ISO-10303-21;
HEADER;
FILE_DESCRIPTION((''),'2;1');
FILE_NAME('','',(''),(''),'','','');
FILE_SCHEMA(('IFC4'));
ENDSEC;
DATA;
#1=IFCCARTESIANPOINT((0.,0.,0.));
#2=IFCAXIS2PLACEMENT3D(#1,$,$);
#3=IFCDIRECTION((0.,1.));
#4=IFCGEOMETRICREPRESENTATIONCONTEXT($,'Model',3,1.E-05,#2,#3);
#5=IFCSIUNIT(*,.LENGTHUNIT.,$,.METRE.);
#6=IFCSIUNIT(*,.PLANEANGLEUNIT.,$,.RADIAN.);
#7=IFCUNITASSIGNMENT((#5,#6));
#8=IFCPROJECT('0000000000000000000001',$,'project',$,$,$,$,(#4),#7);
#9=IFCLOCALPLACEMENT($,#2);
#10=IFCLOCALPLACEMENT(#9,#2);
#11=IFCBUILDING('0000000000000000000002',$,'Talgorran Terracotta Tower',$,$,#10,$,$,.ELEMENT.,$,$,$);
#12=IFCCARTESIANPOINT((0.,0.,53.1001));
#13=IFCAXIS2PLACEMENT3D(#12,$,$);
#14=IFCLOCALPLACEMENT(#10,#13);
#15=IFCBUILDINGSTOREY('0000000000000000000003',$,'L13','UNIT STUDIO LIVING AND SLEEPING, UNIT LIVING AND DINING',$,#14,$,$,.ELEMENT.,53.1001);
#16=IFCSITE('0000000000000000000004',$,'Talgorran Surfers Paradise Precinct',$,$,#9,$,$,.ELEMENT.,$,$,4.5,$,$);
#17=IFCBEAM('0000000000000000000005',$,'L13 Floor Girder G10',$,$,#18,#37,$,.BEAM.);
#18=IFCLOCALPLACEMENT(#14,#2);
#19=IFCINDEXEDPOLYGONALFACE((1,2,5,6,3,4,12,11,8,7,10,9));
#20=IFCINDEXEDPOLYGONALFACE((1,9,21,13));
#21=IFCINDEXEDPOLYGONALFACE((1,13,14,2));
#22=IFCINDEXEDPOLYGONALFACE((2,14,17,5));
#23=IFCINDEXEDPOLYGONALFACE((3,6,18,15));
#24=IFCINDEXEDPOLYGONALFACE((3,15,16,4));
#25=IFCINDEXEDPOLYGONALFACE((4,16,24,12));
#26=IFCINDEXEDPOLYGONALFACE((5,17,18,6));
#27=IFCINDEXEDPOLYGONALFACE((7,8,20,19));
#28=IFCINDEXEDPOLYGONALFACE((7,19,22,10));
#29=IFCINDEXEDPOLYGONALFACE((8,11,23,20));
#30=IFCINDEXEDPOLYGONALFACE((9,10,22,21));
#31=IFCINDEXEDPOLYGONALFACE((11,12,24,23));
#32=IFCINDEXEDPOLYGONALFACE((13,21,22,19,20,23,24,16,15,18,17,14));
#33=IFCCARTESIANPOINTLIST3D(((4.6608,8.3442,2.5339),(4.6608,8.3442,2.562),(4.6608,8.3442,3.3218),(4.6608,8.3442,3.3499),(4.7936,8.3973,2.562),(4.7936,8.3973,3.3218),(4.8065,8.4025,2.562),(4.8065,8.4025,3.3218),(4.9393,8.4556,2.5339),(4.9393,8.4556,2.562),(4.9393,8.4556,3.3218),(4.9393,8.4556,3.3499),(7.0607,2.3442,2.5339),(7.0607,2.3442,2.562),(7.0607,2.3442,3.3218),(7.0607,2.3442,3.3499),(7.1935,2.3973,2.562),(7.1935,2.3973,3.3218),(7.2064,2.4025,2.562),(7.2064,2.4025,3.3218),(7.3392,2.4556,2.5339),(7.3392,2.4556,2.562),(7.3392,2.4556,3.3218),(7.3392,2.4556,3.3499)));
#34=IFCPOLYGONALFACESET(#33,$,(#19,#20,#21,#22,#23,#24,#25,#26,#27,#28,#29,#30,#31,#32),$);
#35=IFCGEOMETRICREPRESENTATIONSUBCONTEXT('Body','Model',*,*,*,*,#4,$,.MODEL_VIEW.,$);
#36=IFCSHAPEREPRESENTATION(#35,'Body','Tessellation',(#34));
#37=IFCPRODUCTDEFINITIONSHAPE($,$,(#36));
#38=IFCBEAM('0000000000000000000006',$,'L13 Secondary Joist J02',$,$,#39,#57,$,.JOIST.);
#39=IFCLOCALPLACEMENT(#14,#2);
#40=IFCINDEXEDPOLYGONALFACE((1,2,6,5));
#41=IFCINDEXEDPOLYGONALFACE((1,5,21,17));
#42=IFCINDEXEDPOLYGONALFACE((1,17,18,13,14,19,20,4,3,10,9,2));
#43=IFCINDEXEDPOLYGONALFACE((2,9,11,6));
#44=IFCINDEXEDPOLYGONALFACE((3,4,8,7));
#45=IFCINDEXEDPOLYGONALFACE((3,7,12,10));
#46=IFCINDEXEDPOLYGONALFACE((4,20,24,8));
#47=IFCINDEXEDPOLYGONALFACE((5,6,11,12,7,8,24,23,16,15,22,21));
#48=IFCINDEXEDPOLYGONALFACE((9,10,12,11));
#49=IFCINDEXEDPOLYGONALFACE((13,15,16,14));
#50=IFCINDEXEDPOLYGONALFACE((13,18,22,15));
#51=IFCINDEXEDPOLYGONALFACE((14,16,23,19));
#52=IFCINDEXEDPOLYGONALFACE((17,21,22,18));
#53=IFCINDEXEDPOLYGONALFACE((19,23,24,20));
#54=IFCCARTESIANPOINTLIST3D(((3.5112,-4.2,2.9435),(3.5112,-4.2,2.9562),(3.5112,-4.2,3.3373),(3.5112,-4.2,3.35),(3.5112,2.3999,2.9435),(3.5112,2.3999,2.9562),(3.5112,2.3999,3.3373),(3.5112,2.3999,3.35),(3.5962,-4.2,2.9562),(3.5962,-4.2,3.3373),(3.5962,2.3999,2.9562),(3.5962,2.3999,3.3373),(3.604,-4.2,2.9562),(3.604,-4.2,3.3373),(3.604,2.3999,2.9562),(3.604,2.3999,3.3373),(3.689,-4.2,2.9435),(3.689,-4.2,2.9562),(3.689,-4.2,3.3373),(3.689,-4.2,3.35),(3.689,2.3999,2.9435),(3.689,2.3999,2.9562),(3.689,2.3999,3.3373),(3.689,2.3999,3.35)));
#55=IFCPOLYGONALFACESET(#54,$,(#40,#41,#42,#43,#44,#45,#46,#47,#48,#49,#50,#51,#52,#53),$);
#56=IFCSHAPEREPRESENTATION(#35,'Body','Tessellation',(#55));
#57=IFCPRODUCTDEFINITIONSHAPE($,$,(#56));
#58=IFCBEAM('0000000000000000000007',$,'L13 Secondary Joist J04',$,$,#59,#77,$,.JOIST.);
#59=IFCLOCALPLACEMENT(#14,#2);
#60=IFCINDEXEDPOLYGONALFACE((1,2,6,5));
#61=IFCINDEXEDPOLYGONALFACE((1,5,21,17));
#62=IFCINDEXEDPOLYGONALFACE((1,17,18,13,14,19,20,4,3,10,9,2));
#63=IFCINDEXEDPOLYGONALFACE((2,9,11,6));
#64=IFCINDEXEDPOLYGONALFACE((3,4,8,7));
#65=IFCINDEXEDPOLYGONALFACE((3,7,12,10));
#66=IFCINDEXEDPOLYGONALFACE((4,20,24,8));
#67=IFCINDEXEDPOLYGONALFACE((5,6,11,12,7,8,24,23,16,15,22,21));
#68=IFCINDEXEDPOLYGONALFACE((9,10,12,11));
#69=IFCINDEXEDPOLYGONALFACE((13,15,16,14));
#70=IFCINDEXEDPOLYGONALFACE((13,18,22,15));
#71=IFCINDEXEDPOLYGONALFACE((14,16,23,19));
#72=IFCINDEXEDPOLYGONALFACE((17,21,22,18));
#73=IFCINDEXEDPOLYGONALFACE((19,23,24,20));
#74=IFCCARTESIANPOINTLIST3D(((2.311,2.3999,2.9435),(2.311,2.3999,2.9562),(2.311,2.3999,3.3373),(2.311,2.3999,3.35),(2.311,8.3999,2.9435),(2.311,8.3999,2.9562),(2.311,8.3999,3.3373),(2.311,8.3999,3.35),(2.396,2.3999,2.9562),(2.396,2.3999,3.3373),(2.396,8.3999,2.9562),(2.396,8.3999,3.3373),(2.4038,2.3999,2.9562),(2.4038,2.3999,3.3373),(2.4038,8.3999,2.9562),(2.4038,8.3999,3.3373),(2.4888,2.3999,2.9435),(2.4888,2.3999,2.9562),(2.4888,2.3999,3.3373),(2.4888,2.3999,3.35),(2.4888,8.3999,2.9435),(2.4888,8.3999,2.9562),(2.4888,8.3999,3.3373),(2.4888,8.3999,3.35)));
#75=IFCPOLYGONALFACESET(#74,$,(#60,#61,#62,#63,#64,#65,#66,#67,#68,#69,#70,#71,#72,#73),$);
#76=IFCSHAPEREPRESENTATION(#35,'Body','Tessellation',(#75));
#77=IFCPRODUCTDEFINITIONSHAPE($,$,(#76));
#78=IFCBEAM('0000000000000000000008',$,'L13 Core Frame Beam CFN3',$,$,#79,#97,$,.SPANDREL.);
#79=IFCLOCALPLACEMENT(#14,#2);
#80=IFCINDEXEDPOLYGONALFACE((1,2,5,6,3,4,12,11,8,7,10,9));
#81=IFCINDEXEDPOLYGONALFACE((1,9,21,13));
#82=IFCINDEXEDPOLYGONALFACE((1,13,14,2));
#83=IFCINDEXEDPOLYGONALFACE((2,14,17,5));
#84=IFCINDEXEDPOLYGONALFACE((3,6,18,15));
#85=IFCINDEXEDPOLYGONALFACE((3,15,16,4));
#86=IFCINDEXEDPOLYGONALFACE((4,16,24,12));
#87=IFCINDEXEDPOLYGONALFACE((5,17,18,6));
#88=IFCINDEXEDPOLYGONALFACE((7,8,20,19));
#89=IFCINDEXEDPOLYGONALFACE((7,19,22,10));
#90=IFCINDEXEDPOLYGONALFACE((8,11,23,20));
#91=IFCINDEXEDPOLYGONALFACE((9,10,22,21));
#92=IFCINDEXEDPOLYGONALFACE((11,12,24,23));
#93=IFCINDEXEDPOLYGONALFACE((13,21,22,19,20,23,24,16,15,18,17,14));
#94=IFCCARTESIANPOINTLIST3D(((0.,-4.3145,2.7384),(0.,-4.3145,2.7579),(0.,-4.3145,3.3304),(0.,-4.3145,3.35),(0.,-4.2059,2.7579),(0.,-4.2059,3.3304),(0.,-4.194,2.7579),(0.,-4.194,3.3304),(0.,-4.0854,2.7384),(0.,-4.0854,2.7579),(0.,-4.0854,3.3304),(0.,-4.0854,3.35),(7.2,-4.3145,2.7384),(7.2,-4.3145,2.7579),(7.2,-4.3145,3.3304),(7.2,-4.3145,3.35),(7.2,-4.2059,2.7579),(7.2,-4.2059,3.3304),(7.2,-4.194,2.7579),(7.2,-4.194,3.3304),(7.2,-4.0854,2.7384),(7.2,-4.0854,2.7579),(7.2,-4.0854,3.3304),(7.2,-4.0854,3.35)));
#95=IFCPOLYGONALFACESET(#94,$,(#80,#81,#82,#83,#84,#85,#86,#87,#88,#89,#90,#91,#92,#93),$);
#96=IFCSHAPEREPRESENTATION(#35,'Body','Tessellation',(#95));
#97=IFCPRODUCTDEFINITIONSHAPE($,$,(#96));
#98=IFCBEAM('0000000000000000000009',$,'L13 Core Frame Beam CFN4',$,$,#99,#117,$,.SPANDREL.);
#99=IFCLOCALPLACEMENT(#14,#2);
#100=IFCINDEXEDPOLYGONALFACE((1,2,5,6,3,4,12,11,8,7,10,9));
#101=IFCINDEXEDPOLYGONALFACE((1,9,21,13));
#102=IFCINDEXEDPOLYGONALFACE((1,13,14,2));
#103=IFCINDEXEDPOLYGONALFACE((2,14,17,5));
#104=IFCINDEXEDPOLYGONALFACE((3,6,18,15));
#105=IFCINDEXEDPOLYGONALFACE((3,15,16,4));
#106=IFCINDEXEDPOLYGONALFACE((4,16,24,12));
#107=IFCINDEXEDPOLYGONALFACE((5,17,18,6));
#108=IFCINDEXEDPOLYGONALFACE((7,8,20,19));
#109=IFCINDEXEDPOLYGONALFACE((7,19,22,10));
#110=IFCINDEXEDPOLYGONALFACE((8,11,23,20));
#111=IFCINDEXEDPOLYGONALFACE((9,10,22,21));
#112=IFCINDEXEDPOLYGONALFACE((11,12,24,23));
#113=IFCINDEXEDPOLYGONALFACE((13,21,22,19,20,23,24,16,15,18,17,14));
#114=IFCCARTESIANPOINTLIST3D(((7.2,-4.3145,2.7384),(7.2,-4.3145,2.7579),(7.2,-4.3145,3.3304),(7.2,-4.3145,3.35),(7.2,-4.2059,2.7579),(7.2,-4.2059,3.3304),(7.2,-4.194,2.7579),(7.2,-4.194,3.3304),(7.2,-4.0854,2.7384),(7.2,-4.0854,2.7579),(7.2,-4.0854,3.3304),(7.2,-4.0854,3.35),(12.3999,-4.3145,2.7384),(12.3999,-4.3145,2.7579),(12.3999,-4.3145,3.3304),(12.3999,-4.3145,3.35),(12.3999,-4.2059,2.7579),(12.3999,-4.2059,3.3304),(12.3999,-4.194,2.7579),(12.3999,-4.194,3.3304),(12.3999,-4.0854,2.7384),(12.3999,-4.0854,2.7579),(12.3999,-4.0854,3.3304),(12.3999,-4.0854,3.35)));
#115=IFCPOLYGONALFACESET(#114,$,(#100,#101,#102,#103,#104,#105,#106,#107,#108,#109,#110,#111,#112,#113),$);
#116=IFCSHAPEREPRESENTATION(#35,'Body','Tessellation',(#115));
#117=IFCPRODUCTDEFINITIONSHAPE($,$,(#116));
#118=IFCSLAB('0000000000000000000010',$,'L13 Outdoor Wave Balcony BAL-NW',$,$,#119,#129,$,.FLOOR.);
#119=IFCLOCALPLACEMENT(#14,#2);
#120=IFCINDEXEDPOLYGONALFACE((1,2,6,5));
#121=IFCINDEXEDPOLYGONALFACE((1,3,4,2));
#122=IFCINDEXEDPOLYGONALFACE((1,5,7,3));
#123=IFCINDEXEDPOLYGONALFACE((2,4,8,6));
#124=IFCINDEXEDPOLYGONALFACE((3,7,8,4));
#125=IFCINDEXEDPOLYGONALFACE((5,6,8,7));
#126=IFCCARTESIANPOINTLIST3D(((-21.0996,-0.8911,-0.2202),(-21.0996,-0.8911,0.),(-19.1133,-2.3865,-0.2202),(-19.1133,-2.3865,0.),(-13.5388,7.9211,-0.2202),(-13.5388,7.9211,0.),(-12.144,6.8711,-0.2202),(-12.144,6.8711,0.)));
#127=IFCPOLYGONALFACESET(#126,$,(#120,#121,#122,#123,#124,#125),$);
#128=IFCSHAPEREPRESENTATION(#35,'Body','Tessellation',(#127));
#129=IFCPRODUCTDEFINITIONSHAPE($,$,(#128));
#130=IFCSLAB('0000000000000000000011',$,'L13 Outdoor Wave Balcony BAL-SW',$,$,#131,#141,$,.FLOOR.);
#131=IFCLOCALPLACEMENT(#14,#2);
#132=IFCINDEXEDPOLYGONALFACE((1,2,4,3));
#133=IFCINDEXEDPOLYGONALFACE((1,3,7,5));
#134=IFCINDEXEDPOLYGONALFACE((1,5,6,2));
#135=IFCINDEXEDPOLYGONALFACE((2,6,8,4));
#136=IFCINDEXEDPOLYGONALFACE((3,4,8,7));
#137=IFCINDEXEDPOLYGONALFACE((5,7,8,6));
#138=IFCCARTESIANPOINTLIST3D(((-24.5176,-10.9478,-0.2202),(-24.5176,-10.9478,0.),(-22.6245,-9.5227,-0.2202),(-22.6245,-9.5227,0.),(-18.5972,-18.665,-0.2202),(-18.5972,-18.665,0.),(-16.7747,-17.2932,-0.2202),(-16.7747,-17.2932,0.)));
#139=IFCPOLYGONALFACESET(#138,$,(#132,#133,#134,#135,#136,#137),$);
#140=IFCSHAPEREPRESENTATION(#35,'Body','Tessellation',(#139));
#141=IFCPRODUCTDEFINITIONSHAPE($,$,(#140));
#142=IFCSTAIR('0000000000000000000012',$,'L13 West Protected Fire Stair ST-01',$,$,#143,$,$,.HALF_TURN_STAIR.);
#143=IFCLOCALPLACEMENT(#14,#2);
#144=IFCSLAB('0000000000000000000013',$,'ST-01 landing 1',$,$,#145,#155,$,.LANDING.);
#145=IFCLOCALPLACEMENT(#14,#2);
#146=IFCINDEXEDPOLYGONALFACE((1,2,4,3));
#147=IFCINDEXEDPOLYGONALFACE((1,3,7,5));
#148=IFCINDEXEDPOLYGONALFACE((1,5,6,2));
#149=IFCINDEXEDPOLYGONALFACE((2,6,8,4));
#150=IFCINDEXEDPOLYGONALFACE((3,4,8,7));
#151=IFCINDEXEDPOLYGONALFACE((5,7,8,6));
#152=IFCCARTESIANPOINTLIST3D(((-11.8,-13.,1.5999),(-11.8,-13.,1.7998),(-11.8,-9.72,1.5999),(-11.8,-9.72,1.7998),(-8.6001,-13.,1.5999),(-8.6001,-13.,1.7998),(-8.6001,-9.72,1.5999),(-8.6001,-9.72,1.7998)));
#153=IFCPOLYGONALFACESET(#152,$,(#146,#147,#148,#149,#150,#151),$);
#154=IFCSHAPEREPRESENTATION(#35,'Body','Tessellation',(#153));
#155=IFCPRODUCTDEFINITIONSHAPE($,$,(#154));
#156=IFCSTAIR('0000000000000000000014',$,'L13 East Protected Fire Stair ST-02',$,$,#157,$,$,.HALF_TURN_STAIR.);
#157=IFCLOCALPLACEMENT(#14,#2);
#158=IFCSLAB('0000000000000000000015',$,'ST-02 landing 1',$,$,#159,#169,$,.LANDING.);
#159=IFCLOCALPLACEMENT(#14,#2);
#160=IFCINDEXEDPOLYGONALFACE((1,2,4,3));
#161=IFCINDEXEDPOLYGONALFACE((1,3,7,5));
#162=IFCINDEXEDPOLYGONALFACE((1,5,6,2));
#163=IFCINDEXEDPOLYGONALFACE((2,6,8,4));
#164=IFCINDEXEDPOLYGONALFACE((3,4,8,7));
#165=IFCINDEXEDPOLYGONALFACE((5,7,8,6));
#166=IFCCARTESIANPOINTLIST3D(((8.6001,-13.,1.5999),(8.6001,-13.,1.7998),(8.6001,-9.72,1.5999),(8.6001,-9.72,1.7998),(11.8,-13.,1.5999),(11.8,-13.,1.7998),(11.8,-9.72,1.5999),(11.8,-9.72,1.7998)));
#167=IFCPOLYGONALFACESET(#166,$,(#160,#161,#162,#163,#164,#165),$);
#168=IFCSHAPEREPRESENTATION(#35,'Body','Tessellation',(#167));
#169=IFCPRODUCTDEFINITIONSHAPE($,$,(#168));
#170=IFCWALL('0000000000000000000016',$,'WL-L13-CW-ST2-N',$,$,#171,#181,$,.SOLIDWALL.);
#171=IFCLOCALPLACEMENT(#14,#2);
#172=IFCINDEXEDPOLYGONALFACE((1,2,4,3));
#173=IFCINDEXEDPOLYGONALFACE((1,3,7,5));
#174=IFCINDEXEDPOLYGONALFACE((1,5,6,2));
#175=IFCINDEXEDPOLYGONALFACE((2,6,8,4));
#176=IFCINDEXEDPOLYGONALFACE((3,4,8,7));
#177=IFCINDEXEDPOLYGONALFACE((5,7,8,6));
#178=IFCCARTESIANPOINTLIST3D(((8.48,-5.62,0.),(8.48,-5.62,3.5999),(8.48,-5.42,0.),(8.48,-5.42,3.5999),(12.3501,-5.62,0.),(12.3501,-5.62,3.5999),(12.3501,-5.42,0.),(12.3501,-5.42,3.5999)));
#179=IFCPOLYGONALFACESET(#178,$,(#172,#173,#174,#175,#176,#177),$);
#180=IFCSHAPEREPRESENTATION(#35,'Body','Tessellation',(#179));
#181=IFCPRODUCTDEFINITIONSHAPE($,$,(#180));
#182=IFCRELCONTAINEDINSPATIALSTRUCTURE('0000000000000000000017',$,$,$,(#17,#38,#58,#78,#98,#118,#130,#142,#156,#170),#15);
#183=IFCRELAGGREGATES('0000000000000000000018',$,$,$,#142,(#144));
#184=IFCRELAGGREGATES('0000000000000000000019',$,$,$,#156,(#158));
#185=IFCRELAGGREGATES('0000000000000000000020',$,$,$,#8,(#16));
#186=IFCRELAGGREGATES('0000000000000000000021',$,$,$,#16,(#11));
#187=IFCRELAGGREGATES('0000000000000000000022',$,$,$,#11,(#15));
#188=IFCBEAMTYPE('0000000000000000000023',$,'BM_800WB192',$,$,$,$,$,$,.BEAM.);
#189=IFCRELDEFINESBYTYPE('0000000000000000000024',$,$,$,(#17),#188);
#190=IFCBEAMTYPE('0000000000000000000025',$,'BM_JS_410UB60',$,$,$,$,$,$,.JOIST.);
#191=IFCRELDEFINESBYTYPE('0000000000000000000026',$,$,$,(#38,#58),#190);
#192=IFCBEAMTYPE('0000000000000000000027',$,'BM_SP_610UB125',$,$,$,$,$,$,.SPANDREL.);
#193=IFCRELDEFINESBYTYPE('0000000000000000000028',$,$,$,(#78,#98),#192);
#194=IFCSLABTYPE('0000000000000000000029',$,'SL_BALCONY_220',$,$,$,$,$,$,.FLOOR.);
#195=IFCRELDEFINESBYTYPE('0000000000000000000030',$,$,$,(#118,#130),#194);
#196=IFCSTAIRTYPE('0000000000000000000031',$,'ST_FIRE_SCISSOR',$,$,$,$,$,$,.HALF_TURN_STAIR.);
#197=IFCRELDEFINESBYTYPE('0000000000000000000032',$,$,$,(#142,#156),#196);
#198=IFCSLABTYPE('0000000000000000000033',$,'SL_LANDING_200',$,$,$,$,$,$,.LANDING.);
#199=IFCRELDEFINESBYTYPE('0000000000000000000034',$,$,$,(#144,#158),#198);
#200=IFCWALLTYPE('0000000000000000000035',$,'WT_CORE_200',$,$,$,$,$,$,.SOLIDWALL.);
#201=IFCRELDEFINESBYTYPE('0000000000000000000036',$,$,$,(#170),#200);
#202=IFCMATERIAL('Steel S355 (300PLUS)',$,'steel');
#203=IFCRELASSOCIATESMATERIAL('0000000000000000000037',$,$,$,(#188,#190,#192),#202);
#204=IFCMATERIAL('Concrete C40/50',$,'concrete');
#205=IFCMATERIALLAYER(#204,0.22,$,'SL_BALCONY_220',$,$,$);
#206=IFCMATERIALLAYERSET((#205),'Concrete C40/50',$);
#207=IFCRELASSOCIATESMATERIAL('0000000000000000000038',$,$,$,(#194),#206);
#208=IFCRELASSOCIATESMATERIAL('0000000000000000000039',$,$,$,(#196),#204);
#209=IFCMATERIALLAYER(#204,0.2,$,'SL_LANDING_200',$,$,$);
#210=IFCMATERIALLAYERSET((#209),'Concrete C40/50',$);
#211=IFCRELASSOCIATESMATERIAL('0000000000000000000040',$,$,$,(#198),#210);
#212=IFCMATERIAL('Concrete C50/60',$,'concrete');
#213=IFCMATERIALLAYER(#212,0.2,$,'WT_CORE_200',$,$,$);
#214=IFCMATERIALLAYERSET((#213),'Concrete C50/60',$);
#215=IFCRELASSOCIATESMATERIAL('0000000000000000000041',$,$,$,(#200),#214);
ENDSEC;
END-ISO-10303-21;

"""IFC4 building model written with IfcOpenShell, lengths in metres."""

from ifc_helpers import new_model, si_unit, direction, frame, frame_2d, origin, origin_2d, place, context, subcontext, project, spatial, polyline, rectangle, i_section, outline, extrude, material, layer, layer_set, material_profile, profile_set, type_object, element, aggregate, save


model = new_model("IFC4")

# Units and contexts
model_context = context("Model", 3, precision=1e-05, world=origin(), true_north=direction((0.0, 1.0)))
body_context = subcontext(model_context, "Body", "Model", "MODEL_VIEW")
ifc_project = project(units=[si_unit("LENGTHUNIT", "METRE"), si_unit("PLANEANGLEUNIT", "RADIAN")], contexts=[model_context])

# Site, building, storey
site_placement = place(None, origin())
site = spatial("IfcSite", under=ifc_project, at=site_placement, Name="Talgorran Surfers Paradise Precinct", CompositionType="ELEMENT", RefElevation=4.5)
building_placement = place(site_placement, origin())
building = spatial("IfcBuilding", under=site, at=building_placement, Name="Talgorran Terracotta Tower", CompositionType="ELEMENT")
storey_placement = place(building_placement, frame((0.0, 0.0, 53.1001)))
storey = spatial("IfcBuildingStorey", under=building, at=storey_placement, Name="L13", Description="UNIT STUDIO LIVING AND SLEEPING, UNIT LIVING AND DINING", CompositionType="ELEMENT", Elevation=53.1001)

# Shared definitions
ifc_material_1 = material(Name="Steel S355 (300PLUS)", Category="steel")

# Beams
ifc_material_profile_1 = material_profile(ifc_material_1, i_section(OverallWidth=0.3, OverallDepth=0.8159, WebThickness=0.0139, FlangeThickness=0.0281, at=origin_2d()), Name="800WB192")
ifc_profile_set_1 = profile_set([ifc_material_profile_1], Name="Steel S355 (300PLUS)")
beam_type_1 = type_object("IfcBeamType", Name="BM_800WB192", PredefinedType="BEAM", material=ifc_profile_set_1)
beam_1_placement = place(storey_placement, frame((7.2, 2.3999, 2.9419), z_axis=(-0.371378, 0.928482, 0.0), x_axis=(-0.928482, -0.371378, 0.0)))
element("IfcBeam", 1, at=beam_1_placement, inside=storey, type_object=beam_type_1, Name="L13 Floor Girder G10", PredefinedType="BEAM", context=body_context, shape_type="SweptSolid", body=[
    extrude(i_section(OverallWidth=0.3, OverallDepth=0.8159, WebThickness=0.0139, FlangeThickness=0.0281, at=origin_2d()), origin(), (0.0, 0.0, 1.0), 6.4622),
])
ifc_material_profile_2 = material_profile(ifc_material_1, i_section(OverallWidth=0.1777, OverallDepth=0.4065, WebThickness=0.0078, FlangeThickness=0.0127, at=origin_2d()), Name="410UB59.7")
ifc_profile_set_2 = profile_set([ifc_material_profile_2], Name="Steel S355 (300PLUS)")
beam_type_2 = type_object("IfcBeamType", Name="BM_JS_410UB60", PredefinedType="JOIST", material=ifc_profile_set_2)
beam_2_placement = place(storey_placement, frame((3.6001, -4.2, 3.1467), z_axis=(0.0, 1.0, 0.0), x_axis=(-1.0, 0.0, 0.0)))
element("IfcBeam", 2, at=beam_2_placement, inside=storey, type_object=beam_type_2, Name="L13 Secondary Joist J02", PredefinedType="JOIST", context=body_context, shape_type="SweptSolid", body=[
    extrude(i_section(OverallWidth=0.1777, OverallDepth=0.4065, WebThickness=0.0078, FlangeThickness=0.0127, at=origin_2d()), origin(), (0.0, 0.0, 1.0), 6.5999),
])
beam_3_placement = place(storey_placement, frame((2.3999, 2.3999, 3.1467), z_axis=(0.0, 1.0, 0.0), x_axis=(-1.0, 0.0, 0.0)))
element("IfcBeam", 3, at=beam_3_placement, inside=storey, type_object=beam_type_2, Name="L13 Secondary Joist J04", PredefinedType="JOIST", context=body_context, shape_type="SweptSolid", body=[
    extrude(i_section(OverallWidth=0.1777, OverallDepth=0.4065, WebThickness=0.0078, FlangeThickness=0.0127, at=origin_2d()), origin(), (0.0, 0.0, 1.0), 6.0),
])
ifc_material_profile_3 = material_profile(ifc_material_1, i_section(OverallWidth=0.229, OverallDepth=0.6116, WebThickness=0.012, FlangeThickness=0.0195, at=origin_2d()), Name="610UB125")
ifc_profile_set_3 = profile_set([ifc_material_profile_3], Name="Steel S355 (300PLUS)")
beam_type_3 = type_object("IfcBeamType", Name="BM_SP_610UB125", PredefinedType="SPANDREL", material=ifc_profile_set_3)
beam_4_placement = place(storey_placement, frame((0.0, -4.2, 3.0442), z_axis=(1.0, 0.0, 0.0), x_axis=(0.0, 1.0, 0.0)))
element("IfcBeam", 4, at=beam_4_placement, inside=storey, type_object=beam_type_3, Name="L13 Core Frame Beam CFN3", PredefinedType="SPANDREL", context=body_context, shape_type="SweptSolid", body=[
    extrude(i_section(OverallWidth=0.229, OverallDepth=0.6116, WebThickness=0.012, FlangeThickness=0.0195, at=origin_2d()), origin(), (0.0, 0.0, 1.0), 7.2),
])
beam_5_placement = place(storey_placement, frame((7.2, -4.2, 3.0442), z_axis=(1.0, 0.0, 0.0), x_axis=(0.0, 1.0, 0.0)))
element("IfcBeam", 5, at=beam_5_placement, inside=storey, type_object=beam_type_3, Name="L13 Core Frame Beam CFN4", PredefinedType="SPANDREL", context=body_context, shape_type="SweptSolid", body=[
    extrude(i_section(OverallWidth=0.229, OverallDepth=0.6116, WebThickness=0.012, FlangeThickness=0.0195, at=origin_2d()), origin(), (0.0, 0.0, 1.0), 5.2),
])

# Slabs
ifc_material_2 = material(Name="Concrete C40/50", Category="concrete")
ifc_layer_1 = layer(ifc_material_2, 0.22, Name="SL_BALCONY_220")
ifc_layer_set_1 = layer_set([ifc_layer_1], Name="Concrete C40/50")
slab_type_1 = type_object("IfcSlabType", Name="SL_BALCONY_220", PredefinedType="FLOOR", material=ifc_layer_set_1)
slab_1_placement = place(storey_placement, frame((0.0, 0.0, -0.2202)))
element("IfcSlab", 6, at=slab_1_placement, inside=storey, type_object=slab_type_1, Name="L13 Outdoor Wave Balcony BAL-NW", PredefinedType="FLOOR", context=body_context, shape_type="SweptSolid", body=[
    extrude(outline(polyline([(-19.1133, -2.3865), (-12.144, 6.8711), (-13.5388, 7.9211), (-21.0996, -0.8911), (-19.1133, -2.3865)])), origin(), (0.0, 0.0, 1.0), 0.2202),
])
slab_2_placement = place(storey_placement, frame((0.0, 0.0, -0.2202)))
element("IfcSlab", 7, at=slab_2_placement, inside=storey, type_object=slab_type_1, Name="L13 Outdoor Wave Balcony BAL-SW", PredefinedType="FLOOR", context=body_context, shape_type="SweptSolid", body=[
    extrude(outline(polyline([(-16.7747, -17.2932), (-22.6245, -9.5227), (-24.5176, -10.9478), (-18.5972, -18.665), (-16.7747, -17.2932)])), origin(), (0.0, 0.0, 1.0), 0.2202),
])

# Stairs, slabs
stair_type = type_object("IfcStairType", Name="ST_FIRE_SCISSOR", PredefinedType="HALF_TURN_STAIR", material=ifc_material_2)
stair_1_placement = place(storey_placement, origin())
stair_1 = element("IfcStair", 8, at=stair_1_placement, inside=storey, type_object=stair_type, Name="L13 West Protected Fire Stair ST-01", PredefinedType="HALF_TURN_STAIR")
ifc_layer_2 = layer(ifc_material_2, 0.2, Name="SL_LANDING_200")
ifc_layer_set_2 = layer_set([ifc_layer_2], Name="Concrete C40/50")
slab_type_2 = type_object("IfcSlabType", Name="SL_LANDING_200", PredefinedType="LANDING", material=ifc_layer_set_2)
slab_3_placement = place(storey_placement, frame((0.0, 0.0, 1.5999)))
slab_3 = element("IfcSlab", 9, at=slab_3_placement, type_object=slab_type_2, Name="ST-01 landing 1", PredefinedType="LANDING", context=body_context, shape_type="SweptSolid", body=[
    extrude(outline(polyline([(-11.8, -9.72), (-11.8, -13.0), (-8.6001, -13.0), (-8.6001, -9.72), (-11.8, -9.72)])), origin(), (0.0, 0.0, 1.0), 0.2),
])
aggregate(stair_1, [slab_3])
stair_2_placement = place(storey_placement, origin())
stair_2 = element("IfcStair", 10, at=stair_2_placement, inside=storey, type_object=stair_type, Name="L13 East Protected Fire Stair ST-02", PredefinedType="HALF_TURN_STAIR")
slab_4_placement = place(storey_placement, frame((0.0, 0.0, 1.5999)))
slab_4 = element("IfcSlab", 11, at=slab_4_placement, type_object=slab_type_2, Name="ST-02 landing 1", PredefinedType="LANDING", context=body_context, shape_type="SweptSolid", body=[
    extrude(outline(polyline([(8.6001, -9.72), (8.6001, -13.0), (11.8, -13.0), (11.8, -9.72), (8.6001, -9.72)])), origin(), (0.0, 0.0, 1.0), 0.2),
])
aggregate(stair_2, [slab_4])

# Wall
ifc_material_3 = material(Name="Concrete C50/60", Category="concrete")
ifc_layer_3 = layer(ifc_material_3, 0.2, Name="WT_CORE_200")
ifc_layer_set_3 = layer_set([ifc_layer_3], Name="Concrete C50/60")
wall_type_1 = type_object("IfcWallType", Name="WT_CORE_200", PredefinedType="SOLIDWALL", material=ifc_layer_set_3)
wall_1_placement = place(storey_placement, frame((8.48, -5.52, 0.0), z_axis=(0.0, 0.0, 1.0), x_axis=(1.0, 0.0, 0.0)))
element("IfcWall", 12, at=wall_1_placement, inside=storey, type_object=wall_type_1, Name="WL-L13-CW-ST2-N", PredefinedType="SOLIDWALL", context=body_context, shape_type="SweptSolid", body=[
    extrude(rectangle(XDim=3.8701, YDim=0.2, at=frame_2d((1.9351, 0.0))), origin(), (0.0, 0.0, 1.0), 3.5999),
])

save(model, "model.ifc")
